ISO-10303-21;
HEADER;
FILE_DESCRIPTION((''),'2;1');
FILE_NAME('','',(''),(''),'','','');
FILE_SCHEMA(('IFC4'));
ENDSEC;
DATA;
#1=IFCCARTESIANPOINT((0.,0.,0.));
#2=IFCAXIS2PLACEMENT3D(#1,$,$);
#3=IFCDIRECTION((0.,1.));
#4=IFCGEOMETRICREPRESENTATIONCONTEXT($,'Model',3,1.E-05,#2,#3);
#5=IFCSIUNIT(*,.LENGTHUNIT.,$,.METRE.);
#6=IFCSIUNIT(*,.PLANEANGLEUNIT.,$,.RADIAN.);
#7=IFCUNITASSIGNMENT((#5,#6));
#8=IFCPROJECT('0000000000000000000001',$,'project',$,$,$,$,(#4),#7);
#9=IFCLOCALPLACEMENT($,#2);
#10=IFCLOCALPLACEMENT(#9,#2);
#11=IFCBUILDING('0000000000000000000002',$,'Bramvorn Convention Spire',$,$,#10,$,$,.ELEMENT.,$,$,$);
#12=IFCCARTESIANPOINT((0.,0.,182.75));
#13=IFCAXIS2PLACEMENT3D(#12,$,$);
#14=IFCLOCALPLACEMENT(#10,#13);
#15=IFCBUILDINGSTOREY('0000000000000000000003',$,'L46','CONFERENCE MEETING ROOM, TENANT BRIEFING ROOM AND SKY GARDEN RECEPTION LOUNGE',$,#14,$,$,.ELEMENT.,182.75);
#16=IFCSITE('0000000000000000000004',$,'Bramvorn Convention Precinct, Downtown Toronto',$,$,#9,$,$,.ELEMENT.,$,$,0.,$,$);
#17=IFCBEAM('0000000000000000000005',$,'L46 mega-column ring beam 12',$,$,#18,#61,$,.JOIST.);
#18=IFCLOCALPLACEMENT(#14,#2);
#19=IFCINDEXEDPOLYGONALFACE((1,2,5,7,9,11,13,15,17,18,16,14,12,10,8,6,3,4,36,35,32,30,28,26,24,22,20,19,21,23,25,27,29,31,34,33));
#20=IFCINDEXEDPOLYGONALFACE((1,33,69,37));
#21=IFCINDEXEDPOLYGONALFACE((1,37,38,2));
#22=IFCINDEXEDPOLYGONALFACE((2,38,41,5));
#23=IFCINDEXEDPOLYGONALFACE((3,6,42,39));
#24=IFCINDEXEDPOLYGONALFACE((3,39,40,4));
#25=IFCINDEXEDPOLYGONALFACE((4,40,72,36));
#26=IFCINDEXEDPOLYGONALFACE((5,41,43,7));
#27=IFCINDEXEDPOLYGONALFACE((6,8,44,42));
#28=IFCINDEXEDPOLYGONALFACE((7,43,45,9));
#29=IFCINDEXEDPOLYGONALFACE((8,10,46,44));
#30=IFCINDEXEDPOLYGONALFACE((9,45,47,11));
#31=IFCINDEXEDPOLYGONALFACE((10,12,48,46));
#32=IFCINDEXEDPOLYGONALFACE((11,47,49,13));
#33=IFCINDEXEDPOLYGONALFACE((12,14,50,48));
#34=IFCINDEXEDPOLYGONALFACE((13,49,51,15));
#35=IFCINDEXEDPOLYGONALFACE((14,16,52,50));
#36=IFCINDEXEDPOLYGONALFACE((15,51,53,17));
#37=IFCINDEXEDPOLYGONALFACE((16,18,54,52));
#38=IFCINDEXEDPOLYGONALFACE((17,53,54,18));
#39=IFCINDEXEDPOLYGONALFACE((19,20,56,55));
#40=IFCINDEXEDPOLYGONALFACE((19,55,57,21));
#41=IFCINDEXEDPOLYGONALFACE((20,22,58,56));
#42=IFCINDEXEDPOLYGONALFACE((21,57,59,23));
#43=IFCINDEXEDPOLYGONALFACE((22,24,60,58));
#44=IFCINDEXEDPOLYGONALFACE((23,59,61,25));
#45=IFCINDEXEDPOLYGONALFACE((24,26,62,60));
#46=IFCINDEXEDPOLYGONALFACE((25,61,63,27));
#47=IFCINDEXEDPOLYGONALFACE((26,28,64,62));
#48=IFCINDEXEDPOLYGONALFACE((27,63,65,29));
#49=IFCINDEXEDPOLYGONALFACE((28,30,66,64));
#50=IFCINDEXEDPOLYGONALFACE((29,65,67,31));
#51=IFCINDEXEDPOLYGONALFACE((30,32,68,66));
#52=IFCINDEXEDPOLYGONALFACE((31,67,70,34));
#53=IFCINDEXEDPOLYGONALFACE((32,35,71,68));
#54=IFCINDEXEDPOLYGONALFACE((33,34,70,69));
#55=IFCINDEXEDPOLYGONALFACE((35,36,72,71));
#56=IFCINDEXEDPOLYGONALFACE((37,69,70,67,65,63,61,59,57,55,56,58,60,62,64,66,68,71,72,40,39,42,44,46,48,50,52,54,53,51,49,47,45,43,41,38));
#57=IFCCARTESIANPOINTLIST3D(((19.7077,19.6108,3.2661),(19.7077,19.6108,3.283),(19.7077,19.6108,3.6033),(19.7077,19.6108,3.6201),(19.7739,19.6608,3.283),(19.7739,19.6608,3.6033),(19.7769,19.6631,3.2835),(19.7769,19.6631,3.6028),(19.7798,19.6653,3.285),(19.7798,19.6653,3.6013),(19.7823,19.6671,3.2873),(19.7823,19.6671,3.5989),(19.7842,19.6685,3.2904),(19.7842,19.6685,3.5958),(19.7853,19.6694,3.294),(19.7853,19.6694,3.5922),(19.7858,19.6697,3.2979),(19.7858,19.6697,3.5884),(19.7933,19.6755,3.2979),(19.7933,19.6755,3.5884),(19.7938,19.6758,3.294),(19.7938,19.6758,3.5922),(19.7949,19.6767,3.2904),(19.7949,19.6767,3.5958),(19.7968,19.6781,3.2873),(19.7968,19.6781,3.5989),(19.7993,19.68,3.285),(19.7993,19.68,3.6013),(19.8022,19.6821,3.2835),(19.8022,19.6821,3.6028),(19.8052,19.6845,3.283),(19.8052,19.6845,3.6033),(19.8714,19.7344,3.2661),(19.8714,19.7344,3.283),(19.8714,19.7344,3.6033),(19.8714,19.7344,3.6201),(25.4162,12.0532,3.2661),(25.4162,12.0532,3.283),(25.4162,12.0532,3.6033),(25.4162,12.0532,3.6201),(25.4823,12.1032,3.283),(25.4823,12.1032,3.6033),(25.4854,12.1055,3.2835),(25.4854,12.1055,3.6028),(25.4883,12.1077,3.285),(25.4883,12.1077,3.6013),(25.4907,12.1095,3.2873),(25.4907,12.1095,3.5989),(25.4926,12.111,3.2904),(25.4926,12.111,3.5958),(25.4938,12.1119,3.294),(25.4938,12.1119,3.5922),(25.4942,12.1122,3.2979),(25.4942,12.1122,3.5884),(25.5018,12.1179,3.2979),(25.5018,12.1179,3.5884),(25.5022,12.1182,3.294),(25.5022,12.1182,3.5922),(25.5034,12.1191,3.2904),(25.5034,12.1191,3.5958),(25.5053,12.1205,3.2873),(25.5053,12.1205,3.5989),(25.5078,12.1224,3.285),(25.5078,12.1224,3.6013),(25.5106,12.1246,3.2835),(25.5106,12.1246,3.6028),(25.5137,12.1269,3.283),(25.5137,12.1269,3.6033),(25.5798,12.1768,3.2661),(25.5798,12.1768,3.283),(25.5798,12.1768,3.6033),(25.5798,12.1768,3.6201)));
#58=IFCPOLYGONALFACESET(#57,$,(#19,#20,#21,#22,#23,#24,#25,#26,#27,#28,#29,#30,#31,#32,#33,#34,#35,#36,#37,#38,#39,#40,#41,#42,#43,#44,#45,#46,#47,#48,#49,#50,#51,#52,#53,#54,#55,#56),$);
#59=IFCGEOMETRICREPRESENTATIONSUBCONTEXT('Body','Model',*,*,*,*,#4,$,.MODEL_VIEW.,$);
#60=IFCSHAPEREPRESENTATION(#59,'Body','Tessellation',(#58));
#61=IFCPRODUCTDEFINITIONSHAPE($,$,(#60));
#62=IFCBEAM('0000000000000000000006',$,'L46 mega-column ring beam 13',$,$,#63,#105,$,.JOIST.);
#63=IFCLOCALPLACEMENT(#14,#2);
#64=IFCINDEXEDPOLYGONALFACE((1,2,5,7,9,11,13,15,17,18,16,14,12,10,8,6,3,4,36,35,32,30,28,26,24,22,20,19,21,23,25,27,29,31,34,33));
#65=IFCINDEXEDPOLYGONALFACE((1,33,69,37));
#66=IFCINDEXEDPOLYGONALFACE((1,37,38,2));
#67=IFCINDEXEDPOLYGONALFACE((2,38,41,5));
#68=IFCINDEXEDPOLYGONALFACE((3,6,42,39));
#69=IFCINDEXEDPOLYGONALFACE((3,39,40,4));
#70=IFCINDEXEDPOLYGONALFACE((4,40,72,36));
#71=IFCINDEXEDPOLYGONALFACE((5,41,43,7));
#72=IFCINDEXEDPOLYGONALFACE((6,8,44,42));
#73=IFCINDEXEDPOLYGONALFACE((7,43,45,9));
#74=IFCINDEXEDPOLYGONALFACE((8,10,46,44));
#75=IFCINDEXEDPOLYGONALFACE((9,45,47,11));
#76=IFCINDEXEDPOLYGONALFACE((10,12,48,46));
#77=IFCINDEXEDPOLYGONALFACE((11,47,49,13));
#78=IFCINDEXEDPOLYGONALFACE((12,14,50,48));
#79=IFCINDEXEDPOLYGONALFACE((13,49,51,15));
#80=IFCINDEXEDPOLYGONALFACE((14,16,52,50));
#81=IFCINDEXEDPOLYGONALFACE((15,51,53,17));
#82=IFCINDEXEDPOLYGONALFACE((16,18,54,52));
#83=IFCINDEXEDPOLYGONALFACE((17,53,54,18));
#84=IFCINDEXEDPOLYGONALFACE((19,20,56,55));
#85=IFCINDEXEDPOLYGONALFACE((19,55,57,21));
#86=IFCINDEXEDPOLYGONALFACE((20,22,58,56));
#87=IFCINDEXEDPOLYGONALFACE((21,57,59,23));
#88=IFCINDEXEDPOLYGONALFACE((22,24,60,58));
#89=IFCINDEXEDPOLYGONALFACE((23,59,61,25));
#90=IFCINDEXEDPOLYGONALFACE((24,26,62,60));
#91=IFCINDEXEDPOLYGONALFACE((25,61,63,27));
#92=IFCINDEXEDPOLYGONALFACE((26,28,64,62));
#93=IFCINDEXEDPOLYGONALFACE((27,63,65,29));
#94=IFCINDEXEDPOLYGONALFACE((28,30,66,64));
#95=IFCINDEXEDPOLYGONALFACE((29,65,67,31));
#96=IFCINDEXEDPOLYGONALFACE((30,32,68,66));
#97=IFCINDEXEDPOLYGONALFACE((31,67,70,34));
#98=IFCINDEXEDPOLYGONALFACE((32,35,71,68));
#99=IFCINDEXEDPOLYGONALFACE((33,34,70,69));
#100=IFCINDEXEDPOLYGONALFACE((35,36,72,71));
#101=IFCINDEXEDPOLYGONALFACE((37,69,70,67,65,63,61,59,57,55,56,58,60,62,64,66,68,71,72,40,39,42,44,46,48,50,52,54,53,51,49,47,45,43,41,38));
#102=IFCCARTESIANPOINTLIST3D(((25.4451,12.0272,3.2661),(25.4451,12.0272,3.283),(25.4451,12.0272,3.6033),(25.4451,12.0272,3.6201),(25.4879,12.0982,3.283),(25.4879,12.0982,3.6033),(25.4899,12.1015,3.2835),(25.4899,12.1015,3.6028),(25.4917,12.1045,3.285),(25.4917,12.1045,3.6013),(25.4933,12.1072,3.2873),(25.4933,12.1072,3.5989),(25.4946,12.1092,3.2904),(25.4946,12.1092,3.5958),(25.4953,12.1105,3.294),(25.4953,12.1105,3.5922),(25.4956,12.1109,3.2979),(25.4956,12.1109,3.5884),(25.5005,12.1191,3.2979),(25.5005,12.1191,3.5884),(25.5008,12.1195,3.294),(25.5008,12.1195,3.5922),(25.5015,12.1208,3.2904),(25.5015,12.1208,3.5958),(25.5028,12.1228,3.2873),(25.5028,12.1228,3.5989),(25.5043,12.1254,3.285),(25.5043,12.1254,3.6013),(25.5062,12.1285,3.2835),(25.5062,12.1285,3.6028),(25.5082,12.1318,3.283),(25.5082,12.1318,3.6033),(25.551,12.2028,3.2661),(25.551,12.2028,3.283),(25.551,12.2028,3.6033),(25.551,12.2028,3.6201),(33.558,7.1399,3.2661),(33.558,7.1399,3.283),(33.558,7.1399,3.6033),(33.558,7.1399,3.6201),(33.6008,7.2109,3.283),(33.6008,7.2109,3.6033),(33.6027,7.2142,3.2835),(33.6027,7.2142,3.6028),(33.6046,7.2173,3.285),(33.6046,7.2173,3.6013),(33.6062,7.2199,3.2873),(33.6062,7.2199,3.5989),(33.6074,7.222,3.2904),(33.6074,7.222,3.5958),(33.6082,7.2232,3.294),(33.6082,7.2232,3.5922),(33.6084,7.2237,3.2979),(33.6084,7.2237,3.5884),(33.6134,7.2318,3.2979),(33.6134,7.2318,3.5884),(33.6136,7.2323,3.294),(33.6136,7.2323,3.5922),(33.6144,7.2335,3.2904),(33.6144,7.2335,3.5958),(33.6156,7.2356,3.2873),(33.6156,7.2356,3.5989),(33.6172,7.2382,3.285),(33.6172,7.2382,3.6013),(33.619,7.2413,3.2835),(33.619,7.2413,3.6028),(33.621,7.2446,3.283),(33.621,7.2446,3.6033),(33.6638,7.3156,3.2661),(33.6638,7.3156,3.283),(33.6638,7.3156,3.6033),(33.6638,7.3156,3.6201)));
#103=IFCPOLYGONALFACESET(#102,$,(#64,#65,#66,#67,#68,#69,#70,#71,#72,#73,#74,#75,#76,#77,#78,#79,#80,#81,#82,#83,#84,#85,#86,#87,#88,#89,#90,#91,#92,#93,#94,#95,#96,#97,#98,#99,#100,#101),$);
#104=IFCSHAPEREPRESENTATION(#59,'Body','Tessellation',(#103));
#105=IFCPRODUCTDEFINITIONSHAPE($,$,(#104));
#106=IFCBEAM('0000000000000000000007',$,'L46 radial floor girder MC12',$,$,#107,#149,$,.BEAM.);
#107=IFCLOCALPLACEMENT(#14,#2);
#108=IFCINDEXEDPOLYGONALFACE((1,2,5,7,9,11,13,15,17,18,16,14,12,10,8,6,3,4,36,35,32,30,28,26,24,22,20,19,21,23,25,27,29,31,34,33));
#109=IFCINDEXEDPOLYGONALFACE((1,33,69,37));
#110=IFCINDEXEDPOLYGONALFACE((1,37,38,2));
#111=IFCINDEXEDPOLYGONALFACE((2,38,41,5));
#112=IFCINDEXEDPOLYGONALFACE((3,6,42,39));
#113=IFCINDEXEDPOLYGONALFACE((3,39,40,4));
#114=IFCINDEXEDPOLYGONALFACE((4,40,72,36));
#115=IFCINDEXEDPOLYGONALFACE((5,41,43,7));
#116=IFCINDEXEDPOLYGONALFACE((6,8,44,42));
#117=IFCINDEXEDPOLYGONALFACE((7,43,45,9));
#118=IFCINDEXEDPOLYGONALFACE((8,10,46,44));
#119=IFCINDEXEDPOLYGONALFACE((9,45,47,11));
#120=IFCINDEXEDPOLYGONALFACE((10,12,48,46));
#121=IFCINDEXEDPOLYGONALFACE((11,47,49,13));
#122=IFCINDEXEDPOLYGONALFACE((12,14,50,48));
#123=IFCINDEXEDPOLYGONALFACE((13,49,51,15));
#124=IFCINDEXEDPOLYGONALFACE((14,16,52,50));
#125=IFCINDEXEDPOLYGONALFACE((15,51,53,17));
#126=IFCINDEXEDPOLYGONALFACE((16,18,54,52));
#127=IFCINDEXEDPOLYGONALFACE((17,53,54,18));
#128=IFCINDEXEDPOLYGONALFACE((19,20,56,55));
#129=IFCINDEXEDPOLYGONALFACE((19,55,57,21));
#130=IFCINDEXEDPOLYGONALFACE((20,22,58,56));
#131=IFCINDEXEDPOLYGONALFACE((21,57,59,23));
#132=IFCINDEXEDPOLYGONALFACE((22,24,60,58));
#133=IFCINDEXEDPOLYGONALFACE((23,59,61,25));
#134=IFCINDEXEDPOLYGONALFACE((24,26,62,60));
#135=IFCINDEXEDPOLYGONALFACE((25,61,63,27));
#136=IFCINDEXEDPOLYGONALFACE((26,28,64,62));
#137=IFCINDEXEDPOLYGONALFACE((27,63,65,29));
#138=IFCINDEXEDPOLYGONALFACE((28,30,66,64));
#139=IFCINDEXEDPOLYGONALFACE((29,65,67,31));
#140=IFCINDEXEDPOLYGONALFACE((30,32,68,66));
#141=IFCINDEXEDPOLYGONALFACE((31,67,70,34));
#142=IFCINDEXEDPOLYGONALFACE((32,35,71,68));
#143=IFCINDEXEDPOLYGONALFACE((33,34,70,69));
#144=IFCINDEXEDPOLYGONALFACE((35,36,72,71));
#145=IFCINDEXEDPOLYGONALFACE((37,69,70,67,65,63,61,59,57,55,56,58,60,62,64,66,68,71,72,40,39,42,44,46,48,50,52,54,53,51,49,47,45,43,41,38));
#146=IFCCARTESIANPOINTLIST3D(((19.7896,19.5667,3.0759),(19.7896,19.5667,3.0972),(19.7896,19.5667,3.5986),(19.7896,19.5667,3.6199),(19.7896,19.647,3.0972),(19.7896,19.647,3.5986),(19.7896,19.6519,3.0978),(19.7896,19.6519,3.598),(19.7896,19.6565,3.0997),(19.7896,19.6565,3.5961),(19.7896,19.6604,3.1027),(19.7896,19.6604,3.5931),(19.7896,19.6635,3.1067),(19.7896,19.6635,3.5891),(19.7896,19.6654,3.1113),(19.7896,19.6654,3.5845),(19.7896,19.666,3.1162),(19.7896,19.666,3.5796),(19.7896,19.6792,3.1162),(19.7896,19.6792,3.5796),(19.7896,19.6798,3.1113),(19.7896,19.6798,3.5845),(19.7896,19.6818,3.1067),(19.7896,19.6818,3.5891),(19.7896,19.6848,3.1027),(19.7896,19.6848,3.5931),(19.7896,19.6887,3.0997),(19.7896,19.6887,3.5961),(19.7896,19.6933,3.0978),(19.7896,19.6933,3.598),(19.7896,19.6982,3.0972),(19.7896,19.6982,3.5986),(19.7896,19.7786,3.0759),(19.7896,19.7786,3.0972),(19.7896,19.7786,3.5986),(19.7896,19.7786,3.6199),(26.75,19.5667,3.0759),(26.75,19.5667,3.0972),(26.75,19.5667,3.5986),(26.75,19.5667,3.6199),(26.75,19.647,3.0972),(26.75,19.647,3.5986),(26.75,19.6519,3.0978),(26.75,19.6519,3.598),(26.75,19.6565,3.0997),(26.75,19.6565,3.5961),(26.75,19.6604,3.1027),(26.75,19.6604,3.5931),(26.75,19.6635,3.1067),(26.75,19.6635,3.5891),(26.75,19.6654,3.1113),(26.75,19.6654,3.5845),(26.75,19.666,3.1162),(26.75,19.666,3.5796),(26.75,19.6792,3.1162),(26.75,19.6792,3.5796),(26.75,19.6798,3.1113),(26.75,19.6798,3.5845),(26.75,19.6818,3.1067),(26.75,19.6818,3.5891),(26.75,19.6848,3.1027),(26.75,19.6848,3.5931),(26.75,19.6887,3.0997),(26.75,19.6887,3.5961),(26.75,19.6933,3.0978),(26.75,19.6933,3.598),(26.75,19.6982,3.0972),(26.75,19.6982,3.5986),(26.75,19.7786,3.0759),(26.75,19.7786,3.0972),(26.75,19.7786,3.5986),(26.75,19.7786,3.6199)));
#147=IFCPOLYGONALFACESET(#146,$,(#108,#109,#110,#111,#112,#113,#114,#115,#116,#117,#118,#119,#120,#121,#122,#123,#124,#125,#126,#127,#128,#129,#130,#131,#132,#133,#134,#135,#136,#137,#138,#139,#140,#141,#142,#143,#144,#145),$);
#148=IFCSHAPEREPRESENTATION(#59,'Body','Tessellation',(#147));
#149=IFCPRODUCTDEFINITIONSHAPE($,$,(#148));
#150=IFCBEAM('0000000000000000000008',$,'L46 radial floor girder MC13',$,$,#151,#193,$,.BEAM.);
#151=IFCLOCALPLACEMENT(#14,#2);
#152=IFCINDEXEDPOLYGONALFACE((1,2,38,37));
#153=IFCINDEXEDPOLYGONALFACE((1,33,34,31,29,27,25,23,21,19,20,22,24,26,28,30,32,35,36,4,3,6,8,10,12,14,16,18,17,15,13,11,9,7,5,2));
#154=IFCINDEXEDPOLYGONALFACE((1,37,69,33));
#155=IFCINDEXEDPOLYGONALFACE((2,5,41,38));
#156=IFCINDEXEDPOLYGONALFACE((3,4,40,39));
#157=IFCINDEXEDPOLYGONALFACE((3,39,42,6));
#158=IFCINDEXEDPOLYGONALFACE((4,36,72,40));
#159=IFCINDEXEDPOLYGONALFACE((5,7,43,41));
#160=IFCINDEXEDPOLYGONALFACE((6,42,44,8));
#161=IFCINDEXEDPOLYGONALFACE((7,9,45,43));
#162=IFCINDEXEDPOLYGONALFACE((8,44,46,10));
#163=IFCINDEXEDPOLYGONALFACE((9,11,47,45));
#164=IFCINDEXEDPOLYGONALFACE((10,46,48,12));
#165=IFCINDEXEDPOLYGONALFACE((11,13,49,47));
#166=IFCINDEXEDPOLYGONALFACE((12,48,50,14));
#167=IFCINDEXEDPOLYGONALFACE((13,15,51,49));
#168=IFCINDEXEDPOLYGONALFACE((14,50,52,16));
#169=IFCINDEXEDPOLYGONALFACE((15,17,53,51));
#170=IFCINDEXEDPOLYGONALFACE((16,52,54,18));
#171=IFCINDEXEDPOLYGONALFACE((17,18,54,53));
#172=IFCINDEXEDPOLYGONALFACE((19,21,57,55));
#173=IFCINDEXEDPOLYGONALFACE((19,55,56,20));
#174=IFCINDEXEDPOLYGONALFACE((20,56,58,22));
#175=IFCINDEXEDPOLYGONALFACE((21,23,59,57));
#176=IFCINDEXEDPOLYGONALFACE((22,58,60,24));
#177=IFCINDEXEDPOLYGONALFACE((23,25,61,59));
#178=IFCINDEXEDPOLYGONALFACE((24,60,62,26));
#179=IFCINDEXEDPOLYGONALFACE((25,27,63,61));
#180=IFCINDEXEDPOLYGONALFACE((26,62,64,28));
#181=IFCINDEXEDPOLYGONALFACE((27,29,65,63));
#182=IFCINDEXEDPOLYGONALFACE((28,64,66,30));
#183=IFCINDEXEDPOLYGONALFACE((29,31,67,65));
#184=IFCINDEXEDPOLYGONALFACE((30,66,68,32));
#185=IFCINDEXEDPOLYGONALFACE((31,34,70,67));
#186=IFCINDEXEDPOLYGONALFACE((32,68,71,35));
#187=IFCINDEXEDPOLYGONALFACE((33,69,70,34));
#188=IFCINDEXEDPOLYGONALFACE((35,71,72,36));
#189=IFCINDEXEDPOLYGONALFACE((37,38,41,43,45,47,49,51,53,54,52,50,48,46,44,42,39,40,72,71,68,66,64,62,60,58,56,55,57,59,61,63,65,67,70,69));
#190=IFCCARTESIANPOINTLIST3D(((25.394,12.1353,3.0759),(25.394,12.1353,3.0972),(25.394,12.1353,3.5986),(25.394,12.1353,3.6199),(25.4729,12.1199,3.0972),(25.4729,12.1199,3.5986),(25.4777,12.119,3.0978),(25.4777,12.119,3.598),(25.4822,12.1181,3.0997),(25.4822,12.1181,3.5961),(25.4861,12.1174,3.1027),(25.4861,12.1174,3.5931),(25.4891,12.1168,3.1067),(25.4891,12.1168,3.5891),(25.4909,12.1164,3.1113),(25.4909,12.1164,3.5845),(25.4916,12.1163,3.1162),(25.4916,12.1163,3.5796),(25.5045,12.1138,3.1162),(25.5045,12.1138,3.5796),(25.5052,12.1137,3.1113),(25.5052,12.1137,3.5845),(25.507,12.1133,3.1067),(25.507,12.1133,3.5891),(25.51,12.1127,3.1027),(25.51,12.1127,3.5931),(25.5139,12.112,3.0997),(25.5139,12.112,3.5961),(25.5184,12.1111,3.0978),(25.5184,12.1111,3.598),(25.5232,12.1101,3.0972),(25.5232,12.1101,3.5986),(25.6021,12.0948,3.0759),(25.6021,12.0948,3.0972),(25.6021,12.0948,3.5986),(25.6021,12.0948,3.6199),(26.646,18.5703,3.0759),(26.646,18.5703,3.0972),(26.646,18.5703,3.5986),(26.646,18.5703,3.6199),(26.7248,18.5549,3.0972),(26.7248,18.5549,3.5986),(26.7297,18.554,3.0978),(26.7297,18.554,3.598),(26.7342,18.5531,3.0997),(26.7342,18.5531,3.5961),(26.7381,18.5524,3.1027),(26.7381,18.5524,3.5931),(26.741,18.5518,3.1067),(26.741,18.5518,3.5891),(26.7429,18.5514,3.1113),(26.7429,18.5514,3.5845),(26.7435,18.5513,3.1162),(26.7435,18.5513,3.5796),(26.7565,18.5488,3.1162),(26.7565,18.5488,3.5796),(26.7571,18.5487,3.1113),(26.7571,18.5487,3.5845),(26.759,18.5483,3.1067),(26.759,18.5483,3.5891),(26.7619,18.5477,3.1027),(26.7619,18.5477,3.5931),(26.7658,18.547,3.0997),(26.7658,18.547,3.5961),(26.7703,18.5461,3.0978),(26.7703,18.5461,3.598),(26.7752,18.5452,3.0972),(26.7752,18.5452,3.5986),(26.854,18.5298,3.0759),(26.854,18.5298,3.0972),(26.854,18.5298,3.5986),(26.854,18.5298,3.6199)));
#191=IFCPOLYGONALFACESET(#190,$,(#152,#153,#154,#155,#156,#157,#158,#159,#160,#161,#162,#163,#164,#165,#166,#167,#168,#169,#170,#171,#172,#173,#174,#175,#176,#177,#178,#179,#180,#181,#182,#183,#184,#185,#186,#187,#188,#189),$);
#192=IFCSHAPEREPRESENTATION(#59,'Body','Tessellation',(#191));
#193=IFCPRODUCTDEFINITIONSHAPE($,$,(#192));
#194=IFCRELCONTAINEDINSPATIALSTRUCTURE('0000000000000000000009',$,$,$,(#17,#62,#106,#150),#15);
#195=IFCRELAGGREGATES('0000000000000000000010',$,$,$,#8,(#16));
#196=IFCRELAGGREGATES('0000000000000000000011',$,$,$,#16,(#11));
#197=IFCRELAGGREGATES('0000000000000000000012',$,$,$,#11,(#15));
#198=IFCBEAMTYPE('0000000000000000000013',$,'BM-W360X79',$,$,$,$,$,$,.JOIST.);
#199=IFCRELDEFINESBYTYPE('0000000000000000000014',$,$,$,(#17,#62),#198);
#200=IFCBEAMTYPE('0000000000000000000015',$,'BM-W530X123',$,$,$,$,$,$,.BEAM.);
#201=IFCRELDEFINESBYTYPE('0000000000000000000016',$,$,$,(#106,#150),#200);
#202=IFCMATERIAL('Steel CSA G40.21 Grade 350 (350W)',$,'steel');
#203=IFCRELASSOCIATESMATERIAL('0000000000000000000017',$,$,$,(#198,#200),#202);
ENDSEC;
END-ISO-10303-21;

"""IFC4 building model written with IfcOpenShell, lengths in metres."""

from ifc_helpers import new_model, si_unit, direction, frame, origin, origin_2d, place, context, subcontext, project, spatial, i_section, extrude, material, material_profile, profile_set, type_object, element, save


model = new_model("IFC4")

# Units and contexts
model_context = context("Model", 3, precision=1e-05, world=origin(), true_north=direction((0.0, 1.0)))
body_context = subcontext(model_context, "Body", "Model", "MODEL_VIEW")
ifc_project = project(units=[si_unit("LENGTHUNIT", "METRE"), si_unit("PLANEANGLEUNIT", "RADIAN")], contexts=[model_context])

# Site, building, storey
site_placement = place(None, origin())
site = spatial("IfcSite", under=ifc_project, at=site_placement, Name="Bramvorn Convention Precinct, Downtown Toronto", CompositionType="ELEMENT", RefElevation=0.0)
building_placement = place(site_placement, origin())
building = spatial("IfcBuilding", under=site, at=building_placement, Name="Bramvorn Convention Spire", CompositionType="ELEMENT")
storey_placement = place(building_placement, frame((0.0, 0.0, 182.75)))
storey = spatial("IfcBuildingStorey", under=building, at=storey_placement, Name="L46", Description="CONFERENCE MEETING ROOM, TENANT BRIEFING ROOM AND SKY GARDEN RECEPTION LOUNGE", CompositionType="ELEMENT", Elevation=182.75)

# Shared definitions
ifc_material_1 = material(Name="Steel CSA G40.21 Grade 350 (350W)", Category="steel")

# Beams
ifc_material_profile_1 = material_profile(ifc_material_1, i_section(OverallWidth=0.2051, OverallDepth=0.354, WebThickness=0.0095, FlangeThickness=0.0168, FilletRadius=0.0149, at=origin_2d()))
ifc_profile_set_1 = profile_set([ifc_material_profile_1], Name="Steel CSA G40.21 Grade 350 (350W) - W360X79")
beam_type_1 = type_object("IfcBeamType", Name="BM-W360X79", PredefinedType="JOIST", material=ifc_profile_set_1)
for number, where, z_axis, x_axis, name in (
    (1, (19.7896, 19.6726, 3.4431), (0.602719, -0.797954, 0.0), (0.797954, 0.602719, 0.0), "L46 mega-column ring beam 12"),
    (2, (25.498, 12.115, 3.4431), (0.856582, -0.516011, 0.0), (0.516011, 0.856582, 0.0), "L46 mega-column ring beam 13"),
):
    element("IfcBeam", number, at=place(storey_placement, frame(where, z_axis=z_axis, x_axis=x_axis)), inside=storey, type_object=beam_type_1, Name=name, PredefinedType="JOIST", context=body_context, shape_type="SweptSolid", body=[
        extrude(i_section(OverallWidth=0.2051, OverallDepth=0.354, WebThickness=0.0095, FlangeThickness=0.0168, FilletRadius=0.0149, at=origin_2d()), origin(), (0.0, 0.0, 1.0), 9.4712),
    ])
ifc_material_profile_2 = material_profile(ifc_material_1, i_section(OverallWidth=0.2119, OverallDepth=0.5439, WebThickness=0.0132, FlangeThickness=0.0212, FilletRadius=0.019, at=origin_2d()))
ifc_profile_set_2 = profile_set([ifc_material_profile_2], Name="Steel CSA G40.21 Grade 350 (350W) - W530X123")
beam_type_2 = type_object("IfcBeamType", Name="BM-W530X123", PredefinedType="BEAM", material=ifc_profile_set_2)
beam_1_placement = place(storey_placement, frame((26.75, 19.6726, 3.3479), z_axis=(-1.0, 0.0, 0.0), x_axis=(0.0, -1.0, 0.0)))
element("IfcBeam", 3, at=beam_1_placement, inside=storey, type_object=beam_type_2, Name="L46 radial floor girder MC12", PredefinedType="BEAM", context=body_context, shape_type="SweptSolid", body=[
    extrude(i_section(OverallWidth=0.2119, OverallDepth=0.5439, WebThickness=0.0132, FlangeThickness=0.0212, FilletRadius=0.019, at=origin_2d()), origin(), (0.0, 0.0, 1.0), 6.9604),
])
beam_2_placement = place(storey_placement, frame((26.75, 18.55, 3.3479), z_axis=(-0.190971, -0.981596, 0.0), x_axis=(0.981596, -0.190971, 0.0)))
element("IfcBeam", 4, at=beam_2_placement, inside=storey, type_object=beam_type_2, Name="L46 radial floor girder MC13", PredefinedType="BEAM", context=body_context, shape_type="SweptSolid", body=[
    extrude(i_section(OverallWidth=0.2119, OverallDepth=0.5439, WebThickness=0.0132, FlangeThickness=0.0212, FilletRadius=0.019, at=origin_2d()), origin(), (0.0, 0.0, 1.0), 6.5557),
])

save(model, "model.ifc")
